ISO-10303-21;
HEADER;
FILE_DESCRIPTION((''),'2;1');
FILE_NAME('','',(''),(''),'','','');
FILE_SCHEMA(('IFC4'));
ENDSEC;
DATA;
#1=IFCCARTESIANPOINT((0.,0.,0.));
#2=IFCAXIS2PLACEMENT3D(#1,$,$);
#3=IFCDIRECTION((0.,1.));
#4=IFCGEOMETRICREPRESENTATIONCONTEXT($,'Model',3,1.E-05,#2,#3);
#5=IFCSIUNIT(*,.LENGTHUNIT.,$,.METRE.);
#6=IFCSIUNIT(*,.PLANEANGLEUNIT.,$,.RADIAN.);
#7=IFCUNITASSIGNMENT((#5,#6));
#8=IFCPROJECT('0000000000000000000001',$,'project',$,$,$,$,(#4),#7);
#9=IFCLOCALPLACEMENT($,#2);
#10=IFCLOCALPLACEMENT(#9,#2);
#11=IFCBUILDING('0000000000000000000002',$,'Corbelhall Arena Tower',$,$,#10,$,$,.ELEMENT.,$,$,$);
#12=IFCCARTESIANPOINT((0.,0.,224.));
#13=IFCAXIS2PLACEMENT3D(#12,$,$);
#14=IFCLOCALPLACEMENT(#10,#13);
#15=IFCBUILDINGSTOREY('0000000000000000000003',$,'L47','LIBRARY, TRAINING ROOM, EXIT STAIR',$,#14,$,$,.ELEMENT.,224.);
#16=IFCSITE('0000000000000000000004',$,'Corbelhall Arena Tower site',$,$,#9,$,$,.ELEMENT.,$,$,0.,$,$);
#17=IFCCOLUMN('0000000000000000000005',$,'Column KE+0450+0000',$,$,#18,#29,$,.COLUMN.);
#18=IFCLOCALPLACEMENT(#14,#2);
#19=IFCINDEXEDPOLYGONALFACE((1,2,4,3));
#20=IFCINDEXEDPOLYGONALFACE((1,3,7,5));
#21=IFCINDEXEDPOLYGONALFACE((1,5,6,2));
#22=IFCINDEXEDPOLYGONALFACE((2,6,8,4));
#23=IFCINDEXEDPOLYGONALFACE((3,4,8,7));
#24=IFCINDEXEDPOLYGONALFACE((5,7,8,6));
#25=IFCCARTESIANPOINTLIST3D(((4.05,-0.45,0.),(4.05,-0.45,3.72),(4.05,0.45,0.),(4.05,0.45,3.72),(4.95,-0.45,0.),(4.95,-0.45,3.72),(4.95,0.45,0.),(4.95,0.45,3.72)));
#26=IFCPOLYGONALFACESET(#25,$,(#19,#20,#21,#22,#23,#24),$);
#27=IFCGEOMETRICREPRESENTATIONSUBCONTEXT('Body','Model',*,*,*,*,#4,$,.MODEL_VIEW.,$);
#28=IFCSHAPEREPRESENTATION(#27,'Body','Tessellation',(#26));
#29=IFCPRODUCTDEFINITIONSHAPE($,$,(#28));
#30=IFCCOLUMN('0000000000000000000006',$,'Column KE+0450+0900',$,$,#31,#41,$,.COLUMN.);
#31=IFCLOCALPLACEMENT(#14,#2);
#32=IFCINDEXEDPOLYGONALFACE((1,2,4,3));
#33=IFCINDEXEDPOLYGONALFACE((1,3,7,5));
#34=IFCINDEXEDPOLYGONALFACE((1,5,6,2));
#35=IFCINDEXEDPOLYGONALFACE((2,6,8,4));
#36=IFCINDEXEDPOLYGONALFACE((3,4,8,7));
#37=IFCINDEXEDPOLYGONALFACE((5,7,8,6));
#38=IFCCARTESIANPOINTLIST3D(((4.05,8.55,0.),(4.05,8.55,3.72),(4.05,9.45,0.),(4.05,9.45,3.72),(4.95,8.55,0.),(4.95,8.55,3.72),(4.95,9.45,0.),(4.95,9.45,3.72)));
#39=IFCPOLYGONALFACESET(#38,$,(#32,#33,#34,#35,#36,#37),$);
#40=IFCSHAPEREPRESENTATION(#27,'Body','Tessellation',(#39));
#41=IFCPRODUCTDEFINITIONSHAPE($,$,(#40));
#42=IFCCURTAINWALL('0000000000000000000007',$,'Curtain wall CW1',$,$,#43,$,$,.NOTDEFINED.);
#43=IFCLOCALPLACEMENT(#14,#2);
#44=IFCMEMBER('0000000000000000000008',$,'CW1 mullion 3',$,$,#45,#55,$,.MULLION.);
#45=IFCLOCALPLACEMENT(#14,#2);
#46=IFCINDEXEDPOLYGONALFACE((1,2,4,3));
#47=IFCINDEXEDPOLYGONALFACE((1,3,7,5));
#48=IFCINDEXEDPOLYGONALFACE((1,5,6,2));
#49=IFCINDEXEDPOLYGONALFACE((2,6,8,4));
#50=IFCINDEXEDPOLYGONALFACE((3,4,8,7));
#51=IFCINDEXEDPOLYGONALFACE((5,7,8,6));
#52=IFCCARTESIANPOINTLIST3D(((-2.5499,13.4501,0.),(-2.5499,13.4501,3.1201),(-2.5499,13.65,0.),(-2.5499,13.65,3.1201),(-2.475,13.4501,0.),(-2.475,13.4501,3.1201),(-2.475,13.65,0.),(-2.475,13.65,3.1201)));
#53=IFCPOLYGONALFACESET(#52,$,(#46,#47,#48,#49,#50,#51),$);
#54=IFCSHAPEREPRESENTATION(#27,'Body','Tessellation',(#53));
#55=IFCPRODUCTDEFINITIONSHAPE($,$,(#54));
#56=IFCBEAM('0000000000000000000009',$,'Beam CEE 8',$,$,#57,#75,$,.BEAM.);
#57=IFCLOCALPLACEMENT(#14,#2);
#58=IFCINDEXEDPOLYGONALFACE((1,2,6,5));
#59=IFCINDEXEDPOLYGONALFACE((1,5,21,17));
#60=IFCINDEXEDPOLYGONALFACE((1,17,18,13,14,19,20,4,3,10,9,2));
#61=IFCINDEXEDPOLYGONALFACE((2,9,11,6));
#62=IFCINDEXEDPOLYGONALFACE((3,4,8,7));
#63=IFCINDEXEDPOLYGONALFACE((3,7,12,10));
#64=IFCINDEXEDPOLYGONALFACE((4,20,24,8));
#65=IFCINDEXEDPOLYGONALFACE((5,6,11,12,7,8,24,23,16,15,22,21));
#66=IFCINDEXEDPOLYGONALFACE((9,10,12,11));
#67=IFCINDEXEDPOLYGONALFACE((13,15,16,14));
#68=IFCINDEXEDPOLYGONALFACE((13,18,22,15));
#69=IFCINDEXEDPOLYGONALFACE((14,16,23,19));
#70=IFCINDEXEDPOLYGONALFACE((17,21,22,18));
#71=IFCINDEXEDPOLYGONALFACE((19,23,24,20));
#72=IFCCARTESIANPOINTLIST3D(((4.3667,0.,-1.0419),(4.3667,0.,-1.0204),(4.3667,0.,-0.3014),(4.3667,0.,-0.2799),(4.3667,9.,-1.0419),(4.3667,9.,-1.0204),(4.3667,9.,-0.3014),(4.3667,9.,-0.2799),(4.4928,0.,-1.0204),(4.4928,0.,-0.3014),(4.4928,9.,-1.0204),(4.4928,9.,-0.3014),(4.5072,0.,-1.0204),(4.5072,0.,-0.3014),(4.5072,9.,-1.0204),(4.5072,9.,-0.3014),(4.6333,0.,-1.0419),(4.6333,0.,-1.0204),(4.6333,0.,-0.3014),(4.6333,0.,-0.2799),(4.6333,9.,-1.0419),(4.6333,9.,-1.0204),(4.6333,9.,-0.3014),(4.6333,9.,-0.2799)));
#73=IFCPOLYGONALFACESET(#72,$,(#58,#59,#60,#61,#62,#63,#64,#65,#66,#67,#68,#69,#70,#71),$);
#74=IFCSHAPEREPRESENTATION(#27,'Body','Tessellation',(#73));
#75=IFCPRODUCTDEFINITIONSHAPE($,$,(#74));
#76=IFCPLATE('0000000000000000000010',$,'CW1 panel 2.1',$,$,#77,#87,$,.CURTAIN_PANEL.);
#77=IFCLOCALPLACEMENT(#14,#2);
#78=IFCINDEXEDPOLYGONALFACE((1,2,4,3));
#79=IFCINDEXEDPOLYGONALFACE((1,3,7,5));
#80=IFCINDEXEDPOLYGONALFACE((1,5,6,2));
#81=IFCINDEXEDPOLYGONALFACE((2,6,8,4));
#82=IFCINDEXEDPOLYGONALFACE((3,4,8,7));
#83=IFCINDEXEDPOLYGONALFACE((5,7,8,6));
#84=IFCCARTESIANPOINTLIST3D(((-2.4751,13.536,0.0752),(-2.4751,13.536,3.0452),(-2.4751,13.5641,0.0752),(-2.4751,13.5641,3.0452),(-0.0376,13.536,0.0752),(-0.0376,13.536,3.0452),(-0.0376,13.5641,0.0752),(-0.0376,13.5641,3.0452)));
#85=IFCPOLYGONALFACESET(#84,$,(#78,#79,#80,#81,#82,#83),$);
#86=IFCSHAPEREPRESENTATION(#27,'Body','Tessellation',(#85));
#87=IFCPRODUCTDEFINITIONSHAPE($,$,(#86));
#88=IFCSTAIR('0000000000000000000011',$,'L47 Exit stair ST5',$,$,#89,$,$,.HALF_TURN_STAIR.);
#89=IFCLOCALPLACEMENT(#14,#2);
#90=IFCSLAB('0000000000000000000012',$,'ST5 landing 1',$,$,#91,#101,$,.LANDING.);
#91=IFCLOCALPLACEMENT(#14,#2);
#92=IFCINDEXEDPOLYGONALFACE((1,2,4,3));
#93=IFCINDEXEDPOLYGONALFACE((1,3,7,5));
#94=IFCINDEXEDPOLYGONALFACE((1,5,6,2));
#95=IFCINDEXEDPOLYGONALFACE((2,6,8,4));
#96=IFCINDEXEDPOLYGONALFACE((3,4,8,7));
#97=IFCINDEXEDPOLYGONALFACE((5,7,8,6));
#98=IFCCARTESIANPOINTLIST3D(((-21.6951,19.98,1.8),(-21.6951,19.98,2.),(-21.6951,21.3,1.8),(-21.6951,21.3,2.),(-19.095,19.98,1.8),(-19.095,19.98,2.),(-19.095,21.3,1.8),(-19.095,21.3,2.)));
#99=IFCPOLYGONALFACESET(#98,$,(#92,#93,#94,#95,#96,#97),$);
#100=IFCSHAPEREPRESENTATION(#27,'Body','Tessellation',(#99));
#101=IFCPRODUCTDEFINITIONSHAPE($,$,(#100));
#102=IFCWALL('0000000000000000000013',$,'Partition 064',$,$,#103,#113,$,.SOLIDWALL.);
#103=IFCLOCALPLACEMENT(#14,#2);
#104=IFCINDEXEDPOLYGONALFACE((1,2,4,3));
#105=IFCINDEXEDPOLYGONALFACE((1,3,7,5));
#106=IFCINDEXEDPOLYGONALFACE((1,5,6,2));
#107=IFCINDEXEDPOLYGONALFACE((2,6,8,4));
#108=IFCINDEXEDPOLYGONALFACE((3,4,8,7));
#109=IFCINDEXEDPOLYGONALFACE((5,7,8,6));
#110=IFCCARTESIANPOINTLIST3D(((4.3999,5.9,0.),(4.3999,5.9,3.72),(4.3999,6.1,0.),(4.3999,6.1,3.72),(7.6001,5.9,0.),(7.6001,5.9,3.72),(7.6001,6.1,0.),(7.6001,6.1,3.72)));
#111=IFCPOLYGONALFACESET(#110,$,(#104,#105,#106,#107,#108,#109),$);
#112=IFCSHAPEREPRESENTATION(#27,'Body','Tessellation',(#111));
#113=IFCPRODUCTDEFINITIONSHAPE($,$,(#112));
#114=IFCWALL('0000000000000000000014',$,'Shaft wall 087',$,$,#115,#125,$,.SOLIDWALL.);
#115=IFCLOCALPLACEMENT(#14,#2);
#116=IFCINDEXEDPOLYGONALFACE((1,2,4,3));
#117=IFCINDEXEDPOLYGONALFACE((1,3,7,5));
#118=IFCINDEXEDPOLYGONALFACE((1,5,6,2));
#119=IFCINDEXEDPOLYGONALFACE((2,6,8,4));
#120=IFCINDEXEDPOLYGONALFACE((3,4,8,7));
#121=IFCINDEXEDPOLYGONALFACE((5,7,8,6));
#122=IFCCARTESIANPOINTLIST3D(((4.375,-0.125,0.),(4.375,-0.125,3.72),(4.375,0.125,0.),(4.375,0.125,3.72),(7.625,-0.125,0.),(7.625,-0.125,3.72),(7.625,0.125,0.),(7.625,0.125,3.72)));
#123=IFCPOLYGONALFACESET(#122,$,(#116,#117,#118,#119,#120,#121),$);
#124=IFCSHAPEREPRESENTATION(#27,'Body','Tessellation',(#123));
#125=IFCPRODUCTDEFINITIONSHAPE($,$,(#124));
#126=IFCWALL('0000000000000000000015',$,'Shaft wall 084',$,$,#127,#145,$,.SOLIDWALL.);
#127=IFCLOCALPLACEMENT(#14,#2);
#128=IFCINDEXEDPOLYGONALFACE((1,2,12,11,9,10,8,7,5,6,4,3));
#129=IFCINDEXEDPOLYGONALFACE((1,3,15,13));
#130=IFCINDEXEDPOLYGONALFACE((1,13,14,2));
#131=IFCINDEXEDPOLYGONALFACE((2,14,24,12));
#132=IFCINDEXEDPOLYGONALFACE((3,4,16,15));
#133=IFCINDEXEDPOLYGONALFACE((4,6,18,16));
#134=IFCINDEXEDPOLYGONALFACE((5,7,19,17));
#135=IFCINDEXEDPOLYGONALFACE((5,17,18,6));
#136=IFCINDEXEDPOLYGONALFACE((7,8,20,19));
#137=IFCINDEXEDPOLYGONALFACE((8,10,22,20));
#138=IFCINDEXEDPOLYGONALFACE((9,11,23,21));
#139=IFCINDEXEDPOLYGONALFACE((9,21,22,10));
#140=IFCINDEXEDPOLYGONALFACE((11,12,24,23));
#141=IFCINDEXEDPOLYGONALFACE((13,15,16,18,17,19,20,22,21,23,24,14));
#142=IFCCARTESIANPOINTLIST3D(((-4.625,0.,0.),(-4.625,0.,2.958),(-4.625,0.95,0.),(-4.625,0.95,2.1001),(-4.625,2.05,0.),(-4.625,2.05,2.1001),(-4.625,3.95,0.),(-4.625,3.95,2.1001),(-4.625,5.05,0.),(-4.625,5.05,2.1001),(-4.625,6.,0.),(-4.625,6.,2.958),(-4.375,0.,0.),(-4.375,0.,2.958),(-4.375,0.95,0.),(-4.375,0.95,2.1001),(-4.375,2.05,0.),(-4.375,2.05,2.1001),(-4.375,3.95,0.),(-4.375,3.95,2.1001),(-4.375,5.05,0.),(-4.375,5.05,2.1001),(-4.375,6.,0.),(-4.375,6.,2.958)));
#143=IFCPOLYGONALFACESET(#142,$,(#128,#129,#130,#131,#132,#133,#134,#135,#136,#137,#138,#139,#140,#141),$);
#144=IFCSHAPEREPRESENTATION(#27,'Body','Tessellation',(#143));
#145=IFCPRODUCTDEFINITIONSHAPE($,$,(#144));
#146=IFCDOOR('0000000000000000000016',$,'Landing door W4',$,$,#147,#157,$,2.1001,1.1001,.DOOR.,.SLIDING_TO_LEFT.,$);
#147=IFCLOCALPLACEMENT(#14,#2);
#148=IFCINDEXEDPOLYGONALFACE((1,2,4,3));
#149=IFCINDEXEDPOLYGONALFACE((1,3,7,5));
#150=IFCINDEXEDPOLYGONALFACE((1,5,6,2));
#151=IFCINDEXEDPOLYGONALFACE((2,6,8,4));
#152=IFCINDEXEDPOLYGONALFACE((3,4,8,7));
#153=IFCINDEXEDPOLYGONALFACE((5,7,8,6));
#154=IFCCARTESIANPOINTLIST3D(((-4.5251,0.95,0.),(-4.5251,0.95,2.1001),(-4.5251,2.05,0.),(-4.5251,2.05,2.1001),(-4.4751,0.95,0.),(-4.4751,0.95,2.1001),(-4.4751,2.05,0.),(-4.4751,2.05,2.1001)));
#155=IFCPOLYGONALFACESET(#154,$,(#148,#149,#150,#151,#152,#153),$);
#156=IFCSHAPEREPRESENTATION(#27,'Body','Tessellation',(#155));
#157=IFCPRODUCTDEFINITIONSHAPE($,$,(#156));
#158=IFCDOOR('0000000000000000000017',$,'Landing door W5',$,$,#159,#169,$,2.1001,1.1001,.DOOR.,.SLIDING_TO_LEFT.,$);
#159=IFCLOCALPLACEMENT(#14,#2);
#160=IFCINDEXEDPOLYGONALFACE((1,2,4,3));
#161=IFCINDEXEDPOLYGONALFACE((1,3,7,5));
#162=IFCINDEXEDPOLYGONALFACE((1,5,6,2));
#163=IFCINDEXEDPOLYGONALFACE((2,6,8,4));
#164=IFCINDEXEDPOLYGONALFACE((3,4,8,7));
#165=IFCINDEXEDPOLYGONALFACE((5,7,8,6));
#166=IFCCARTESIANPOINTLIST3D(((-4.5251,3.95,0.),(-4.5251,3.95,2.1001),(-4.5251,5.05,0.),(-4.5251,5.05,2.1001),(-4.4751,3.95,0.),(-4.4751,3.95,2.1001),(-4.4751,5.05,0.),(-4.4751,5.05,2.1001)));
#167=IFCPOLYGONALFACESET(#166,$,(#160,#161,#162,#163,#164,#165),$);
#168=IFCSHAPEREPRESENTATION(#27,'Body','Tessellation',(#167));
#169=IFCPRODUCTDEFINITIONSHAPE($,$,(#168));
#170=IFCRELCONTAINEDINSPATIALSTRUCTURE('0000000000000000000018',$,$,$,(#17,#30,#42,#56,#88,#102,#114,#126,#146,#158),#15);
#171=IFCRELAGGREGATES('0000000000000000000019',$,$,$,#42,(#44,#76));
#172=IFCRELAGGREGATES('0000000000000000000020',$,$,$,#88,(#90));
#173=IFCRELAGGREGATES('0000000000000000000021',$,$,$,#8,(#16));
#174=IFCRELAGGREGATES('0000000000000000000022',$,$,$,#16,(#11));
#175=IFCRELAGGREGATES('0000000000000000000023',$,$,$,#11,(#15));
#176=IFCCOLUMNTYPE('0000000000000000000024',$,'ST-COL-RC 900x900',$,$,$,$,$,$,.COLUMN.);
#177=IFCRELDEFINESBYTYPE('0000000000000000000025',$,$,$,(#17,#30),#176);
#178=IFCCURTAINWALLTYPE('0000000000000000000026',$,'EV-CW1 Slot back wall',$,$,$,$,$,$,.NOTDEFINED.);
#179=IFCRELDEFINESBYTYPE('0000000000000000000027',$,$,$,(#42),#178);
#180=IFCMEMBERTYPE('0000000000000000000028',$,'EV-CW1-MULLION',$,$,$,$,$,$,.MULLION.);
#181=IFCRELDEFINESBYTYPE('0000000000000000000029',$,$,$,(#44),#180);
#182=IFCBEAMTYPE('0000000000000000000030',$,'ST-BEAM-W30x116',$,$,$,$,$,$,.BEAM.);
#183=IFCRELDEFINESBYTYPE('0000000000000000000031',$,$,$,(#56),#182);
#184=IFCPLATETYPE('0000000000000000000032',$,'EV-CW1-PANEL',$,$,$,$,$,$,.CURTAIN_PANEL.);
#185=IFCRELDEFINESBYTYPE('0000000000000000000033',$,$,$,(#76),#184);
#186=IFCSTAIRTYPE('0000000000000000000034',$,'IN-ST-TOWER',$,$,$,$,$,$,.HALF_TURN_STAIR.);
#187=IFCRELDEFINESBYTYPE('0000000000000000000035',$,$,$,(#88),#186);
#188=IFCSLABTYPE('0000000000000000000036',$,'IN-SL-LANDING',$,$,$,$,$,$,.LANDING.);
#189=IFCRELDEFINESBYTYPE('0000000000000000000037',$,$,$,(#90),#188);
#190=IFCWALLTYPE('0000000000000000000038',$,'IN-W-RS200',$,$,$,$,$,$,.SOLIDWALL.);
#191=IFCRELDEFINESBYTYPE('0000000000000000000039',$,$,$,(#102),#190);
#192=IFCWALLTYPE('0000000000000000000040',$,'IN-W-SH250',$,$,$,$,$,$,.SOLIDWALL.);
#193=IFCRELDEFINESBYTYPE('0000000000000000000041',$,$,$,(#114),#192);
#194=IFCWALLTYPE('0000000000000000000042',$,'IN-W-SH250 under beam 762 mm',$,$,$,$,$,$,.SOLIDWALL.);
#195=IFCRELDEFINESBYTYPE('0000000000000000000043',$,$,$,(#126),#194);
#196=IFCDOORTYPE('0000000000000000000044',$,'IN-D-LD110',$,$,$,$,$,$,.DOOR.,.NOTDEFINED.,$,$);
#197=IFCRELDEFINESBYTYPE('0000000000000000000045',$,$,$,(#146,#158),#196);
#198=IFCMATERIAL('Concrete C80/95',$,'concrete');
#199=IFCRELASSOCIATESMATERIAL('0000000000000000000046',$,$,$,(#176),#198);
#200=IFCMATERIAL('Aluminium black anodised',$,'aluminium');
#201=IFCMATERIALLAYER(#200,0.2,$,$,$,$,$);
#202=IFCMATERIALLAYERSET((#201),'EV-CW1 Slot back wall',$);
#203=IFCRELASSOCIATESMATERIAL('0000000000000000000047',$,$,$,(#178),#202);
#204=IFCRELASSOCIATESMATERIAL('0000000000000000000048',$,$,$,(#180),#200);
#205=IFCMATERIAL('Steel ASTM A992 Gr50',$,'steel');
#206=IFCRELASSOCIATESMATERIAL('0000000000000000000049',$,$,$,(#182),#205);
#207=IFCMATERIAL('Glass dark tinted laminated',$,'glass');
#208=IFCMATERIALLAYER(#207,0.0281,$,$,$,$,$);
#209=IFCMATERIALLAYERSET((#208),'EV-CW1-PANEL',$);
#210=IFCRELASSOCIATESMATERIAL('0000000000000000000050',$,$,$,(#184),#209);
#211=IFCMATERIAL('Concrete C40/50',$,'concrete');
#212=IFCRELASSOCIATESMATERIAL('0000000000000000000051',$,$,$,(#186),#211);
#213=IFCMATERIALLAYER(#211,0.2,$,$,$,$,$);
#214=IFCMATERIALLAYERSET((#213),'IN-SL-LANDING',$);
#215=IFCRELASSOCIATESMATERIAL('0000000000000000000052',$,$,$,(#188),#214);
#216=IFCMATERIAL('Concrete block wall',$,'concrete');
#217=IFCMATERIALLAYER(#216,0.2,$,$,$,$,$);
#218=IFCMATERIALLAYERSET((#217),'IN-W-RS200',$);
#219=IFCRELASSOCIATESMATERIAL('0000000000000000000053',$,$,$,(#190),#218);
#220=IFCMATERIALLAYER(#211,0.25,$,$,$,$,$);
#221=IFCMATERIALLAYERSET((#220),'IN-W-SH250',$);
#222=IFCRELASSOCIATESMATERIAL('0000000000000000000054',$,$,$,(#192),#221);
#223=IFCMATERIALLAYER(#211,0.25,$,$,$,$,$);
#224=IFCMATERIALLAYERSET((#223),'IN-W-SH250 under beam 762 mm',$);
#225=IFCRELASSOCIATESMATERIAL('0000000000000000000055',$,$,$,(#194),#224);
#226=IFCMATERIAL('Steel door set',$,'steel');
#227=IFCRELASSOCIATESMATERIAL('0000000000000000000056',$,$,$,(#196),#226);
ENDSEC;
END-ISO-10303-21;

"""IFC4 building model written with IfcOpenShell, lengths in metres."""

from ifc_helpers import new_model, si_unit, direction, frame, frame_2d, origin, origin_2d, place, context, subcontext, project, spatial, polyline, rectangle, i_section, outline, extrude, material, layer, layer_set, material_profile, profile_set, type_object, element, fill, aggregate, save


model = new_model("IFC4")

# Units and contexts
model_context = context("Model", 3, precision=1e-05, world=origin(), true_north=direction((0.0, 1.0)))
body_context = subcontext(model_context, "Body", "Model", "MODEL_VIEW")
ifc_project = project(units=[si_unit("LENGTHUNIT", "METRE"), si_unit("PLANEANGLEUNIT", "RADIAN")], contexts=[model_context])

# Site, building, storey
site_placement = place(None, origin())
site = spatial("IfcSite", under=ifc_project, at=site_placement, Name="Corbelhall Arena Tower site", CompositionType="ELEMENT", RefElevation=0.0)
building_placement = place(site_placement, origin())
building = spatial("IfcBuilding", under=site, at=building_placement, Name="Corbelhall Arena Tower", CompositionType="ELEMENT")
storey_placement = place(building_placement, frame((0.0, 0.0, 224.0)))
storey = spatial("IfcBuildingStorey", under=building, at=storey_placement, Name="L47", Description="LIBRARY, TRAINING ROOM, EXIT STAIR", CompositionType="ELEMENT", Elevation=224.0)

# Columns
ifc_material_1 = material(Name="Concrete C80/95", Category="concrete")
ifc_material_profile_1 = material_profile(ifc_material_1, rectangle(XDim=0.8999, YDim=0.8999, at=origin_2d()))
ifc_profile_set_1 = profile_set([ifc_material_profile_1], Name="Concrete C80/95")
column_type = type_object("IfcColumnType", Name="ST-COL-RC 900x900", PredefinedType="COLUMN", material=ifc_profile_set_1)
for number, where, z_axis, x_axis, name in (
    (1, (4.5, 0.0, 0.0), (0.0, 0.0, 1.0), (1.0, 0.0, 0.0), "Column KE+0450+0000"),
    (2, (4.5, 9.0, 0.0), (0.0, 0.0, 1.0), (1.0, 0.0, 0.0), "Column KE+0450+0900"),
):
    element("IfcColumn", number, at=place(storey_placement, frame(where, z_axis=z_axis, x_axis=x_axis)), inside=storey, type_object=column_type, Name=name, PredefinedType="COLUMN", context=body_context, shape_type="SweptSolid", body=[
        extrude(rectangle(XDim=0.8999, YDim=0.8999, at=origin_2d()), origin(), (0.0, 0.0, 1.0), 3.72),
    ])

# Curtain wall, member
ifc_material_2 = material(Name="Aluminium black anodised", Category="aluminium")
ifc_layer_1 = layer(ifc_material_2, 0.2)
ifc_layer_set_1 = layer_set([ifc_layer_1], Name="EV-CW1 Slot back wall")
curtain_wall_type = type_object("IfcCurtainWallType", Name="EV-CW1 Slot back wall", PredefinedType="NOTDEFINED", material=ifc_layer_set_1)
curtain_wall_placement = place(storey_placement, origin())
curtain_wall = element("IfcCurtainWall", 3, at=curtain_wall_placement, inside=storey, type_object=curtain_wall_type, Name="Curtain wall CW1", PredefinedType="NOTDEFINED")
ifc_material_profile_2 = material_profile(ifc_material_2, rectangle(XDim=0.2, YDim=0.075, at=origin_2d()))
ifc_profile_set_2 = profile_set([ifc_material_profile_2], Name="Aluminium black anodised")
member_type = type_object("IfcMemberType", Name="EV-CW1-MULLION", PredefinedType="MULLION", material=ifc_profile_set_2)
member_placement = place(storey_placement, frame((-2.5125, 13.55, 0.0), z_axis=(0.0, 0.0, 1.0), x_axis=(0.0, -1.0, 0.0)))
member = element("IfcMember", 4, at=member_placement, type_object=member_type, Name="CW1 mullion 3", PredefinedType="MULLION", context=body_context, shape_type="SweptSolid", body=[
    extrude(rectangle(XDim=0.2, YDim=0.075, at=origin_2d()), origin(), (0.0, 0.0, 1.0), 3.1201),
])

# Beam
ifc_material_3 = material(Name="Steel ASTM A992 Gr50", Category="steel")
ifc_material_profile_3 = material_profile(ifc_material_3, i_section(OverallWidth=0.2666, OverallDepth=0.762, WebThickness=0.0144, FlangeThickness=0.0215, at=origin_2d()))
ifc_profile_set_3 = profile_set([ifc_material_profile_3], Name="Steel ASTM A992 Gr50")
beam_type = type_object("IfcBeamType", Name="ST-BEAM-W30x116", PredefinedType="BEAM", material=ifc_profile_set_3)
beam_placement = place(storey_placement, frame((4.5, 0.0, -0.6609), z_axis=(0.0, 1.0, 0.0), x_axis=(-1.0, 0.0, 0.0)))
element("IfcBeam", 5, at=beam_placement, inside=storey, type_object=beam_type, Name="Beam CEE 8", PredefinedType="BEAM", context=body_context, shape_type="SweptSolid", body=[
    extrude(i_section(OverallWidth=0.2666, OverallDepth=0.762, WebThickness=0.0144, FlangeThickness=0.0215, at=origin_2d()), origin(), (0.0, 0.0, 1.0), 9.0),
])

# Plate
ifc_material_4 = material(Name="Glass dark tinted laminated", Category="glass")
ifc_layer_2 = layer(ifc_material_4, 0.0281)
ifc_layer_set_2 = layer_set([ifc_layer_2], Name="EV-CW1-PANEL")
plate_type = type_object("IfcPlateType", Name="EV-CW1-PANEL", PredefinedType="CURTAIN_PANEL", material=ifc_layer_set_2)
plate_placement = place(storey_placement, frame((-1.2563, 13.55, 0.0752), z_axis=(0.0, 0.0, 1.0), x_axis=(-1.0, 0.0, 0.0)))
plate = element("IfcPlate", 6, at=plate_placement, type_object=plate_type, Name="CW1 panel 2.1", PredefinedType="CURTAIN_PANEL", context=body_context, shape_type="SweptSolid", body=[
    extrude(rectangle(XDim=2.4375, YDim=0.0281, at=origin_2d()), origin(), (0.0, 0.0, 1.0), 2.97),
])
aggregate(curtain_wall, [member, plate])

# Stair, slab
ifc_material_5 = material(Name="Concrete C40/50", Category="concrete")
stair_type = type_object("IfcStairType", Name="IN-ST-TOWER", PredefinedType="HALF_TURN_STAIR", material=ifc_material_5)
stair_placement = place(storey_placement, origin())
stair = element("IfcStair", 7, at=stair_placement, inside=storey, type_object=stair_type, Name="L47 Exit stair ST5", PredefinedType="HALF_TURN_STAIR")
ifc_layer_3 = layer(ifc_material_5, 0.2)
ifc_layer_set_3 = layer_set([ifc_layer_3], Name="IN-SL-LANDING")
slab_type = type_object("IfcSlabType", Name="IN-SL-LANDING", PredefinedType="LANDING", material=ifc_layer_set_3)
slab_placement = place(storey_placement, frame((0.0, 0.0, 1.8)))
slab = element("IfcSlab", 8, at=slab_placement, type_object=slab_type, Name="ST5 landing 1", PredefinedType="LANDING", context=body_context, shape_type="SweptSolid", body=[
    extrude(outline(polyline([(-19.095, 19.98), (-19.095, 21.3), (-21.6951, 21.3), (-21.6951, 19.98), (-19.095, 19.98)])), origin(), (0.0, 0.0, 1.0), 0.2),
])
aggregate(stair, [slab])

# Wall
ifc_material_6 = material(Name="Concrete block wall", Category="concrete")
ifc_layer_4 = layer(ifc_material_6, 0.2)
ifc_layer_set_4 = layer_set([ifc_layer_4], Name="IN-W-RS200")
wall_type_1 = type_object("IfcWallType", Name="IN-W-RS200", PredefinedType="SOLIDWALL", material=ifc_layer_set_4)
wall_1_placement = place(storey_placement, frame((4.3999, 6.0, 0.0), z_axis=(0.0, 0.0, 1.0), x_axis=(1.0, 0.0, 0.0)))
element("IfcWall", 9, at=wall_1_placement, inside=storey, type_object=wall_type_1, Name="Partition 064", PredefinedType="SOLIDWALL", context=body_context, shape_type="SweptSolid", body=[
    extrude(rectangle(XDim=3.2002, YDim=0.2, at=frame_2d((1.6001, 0.0))), origin(), (0.0, 0.0, 1.0), 3.72),
])

# Shared definitions
ifc_material_7 = material(Name="Steel door set", Category="steel")

# Wall
ifc_layer_5 = layer(ifc_material_5, 0.25)
ifc_layer_set_5 = layer_set([ifc_layer_5], Name="IN-W-SH250")
wall_type_2 = type_object("IfcWallType", Name="IN-W-SH250", PredefinedType="SOLIDWALL", material=ifc_layer_set_5)
wall_2_placement = place(storey_placement, frame((4.375, 0.0, 0.0), z_axis=(0.0, 0.0, 1.0), x_axis=(1.0, 0.0, 0.0)))
element("IfcWall", 10, at=wall_2_placement, inside=storey, type_object=wall_type_2, Name="Shaft wall 087", PredefinedType="SOLIDWALL", context=body_context, shape_type="SweptSolid", body=[
    extrude(rectangle(XDim=3.25, YDim=0.25, at=frame_2d((1.625, 0.0))), origin(), (0.0, 0.0, 1.0), 3.72),
])

# Wall, openings, doors
ifc_layer_6 = layer(ifc_material_5, 0.25)
ifc_layer_set_6 = layer_set([ifc_layer_6], Name="IN-W-SH250 under beam 762 mm")
wall_type_3 = type_object("IfcWallType", Name="IN-W-SH250 under beam 762 mm", PredefinedType="SOLIDWALL", material=ifc_layer_set_6)
wall_3_placement = place(storey_placement, frame((-4.5, 6.0, 0.0), z_axis=(0.0, 0.0, 1.0), x_axis=(0.0, -1.0, 0.0)))
wall_3 = element("IfcWall", 11, at=wall_3_placement, inside=storey, type_object=wall_type_3, Name="Shaft wall 084", PredefinedType="SOLIDWALL", context=body_context, shape_type="SweptSolid", body=[
    extrude(rectangle(XDim=6.0, YDim=0.25, at=frame_2d((3.0, 0.0))), origin(), (0.0, 0.0, 1.0), 2.958),
])
opening_1_placement = place(wall_3_placement, frame((3.95, 0.0, 0.0)))
opening_1 = element("IfcOpeningElement", 12, at=opening_1_placement, cuts=wall_3, PredefinedType="OPENING", context=body_context, shape_type="SweptSolid", body=[
    extrude(rectangle(XDim=1.1001, YDim=2.1001, at=frame_2d((0.55, 1.05))), frame((0.0, 0.125, 0.0), z_axis=(0.0, -1.0, 0.0), x_axis=(1.0, 0.0, 0.0)), (0.0, 0.0, 1.0), 0.25),
])
opening_2_placement = place(wall_3_placement, frame((0.95, 0.0, 0.0)))
opening_2 = element("IfcOpeningElement", 13, at=opening_2_placement, cuts=wall_3, PredefinedType="OPENING", context=body_context, shape_type="SweptSolid", body=[
    extrude(rectangle(XDim=1.1001, YDim=2.1001, at=frame_2d((0.55, 1.05))), frame((0.0, 0.125, 0.0), z_axis=(0.0, -1.0, 0.0), x_axis=(1.0, 0.0, 0.0)), (0.0, 0.0, 1.0), 0.25),
])
door_type_1 = type_object("IfcDoorType", Name="IN-D-LD110", OperationType="NOTDEFINED", PredefinedType="DOOR", material=ifc_material_7)
door_1_placement = place(opening_1_placement, origin())
door_1 = element("IfcDoor", 14, at=door_1_placement, inside=storey, type_object=door_type_1, Name="Landing door W4", OperationType="SLIDING_TO_LEFT", OverallHeight=2.1001, OverallWidth=1.1001, PredefinedType="DOOR", context=body_context, shape_type="SweptSolid", body=[
    extrude(rectangle(XDim=1.1001, YDim=2.1001, at=frame_2d((0.55, 1.05))), frame((0.0, 0.0249, 0.0), z_axis=(0.0, -1.0, 0.0), x_axis=(1.0, 0.0, 0.0)), (0.0, 0.0, 1.0), 0.05),
])
fill(opening_1, door_1)
door_2_placement = place(opening_2_placement, origin())
door_2 = element("IfcDoor", 15, at=door_2_placement, inside=storey, type_object=door_type_1, Name="Landing door W5", OperationType="SLIDING_TO_LEFT", OverallHeight=2.1001, OverallWidth=1.1001, PredefinedType="DOOR", context=body_context, shape_type="SweptSolid", body=[
    extrude(rectangle(XDim=1.1001, YDim=2.1001, at=frame_2d((0.55, 1.05))), frame((0.0, 0.0249, 0.0), z_axis=(0.0, -1.0, 0.0), x_axis=(1.0, 0.0, 0.0)), (0.0, 0.0, 1.0), 0.05),
])
fill(opening_2, door_2)

save(model, "model.ifc")
